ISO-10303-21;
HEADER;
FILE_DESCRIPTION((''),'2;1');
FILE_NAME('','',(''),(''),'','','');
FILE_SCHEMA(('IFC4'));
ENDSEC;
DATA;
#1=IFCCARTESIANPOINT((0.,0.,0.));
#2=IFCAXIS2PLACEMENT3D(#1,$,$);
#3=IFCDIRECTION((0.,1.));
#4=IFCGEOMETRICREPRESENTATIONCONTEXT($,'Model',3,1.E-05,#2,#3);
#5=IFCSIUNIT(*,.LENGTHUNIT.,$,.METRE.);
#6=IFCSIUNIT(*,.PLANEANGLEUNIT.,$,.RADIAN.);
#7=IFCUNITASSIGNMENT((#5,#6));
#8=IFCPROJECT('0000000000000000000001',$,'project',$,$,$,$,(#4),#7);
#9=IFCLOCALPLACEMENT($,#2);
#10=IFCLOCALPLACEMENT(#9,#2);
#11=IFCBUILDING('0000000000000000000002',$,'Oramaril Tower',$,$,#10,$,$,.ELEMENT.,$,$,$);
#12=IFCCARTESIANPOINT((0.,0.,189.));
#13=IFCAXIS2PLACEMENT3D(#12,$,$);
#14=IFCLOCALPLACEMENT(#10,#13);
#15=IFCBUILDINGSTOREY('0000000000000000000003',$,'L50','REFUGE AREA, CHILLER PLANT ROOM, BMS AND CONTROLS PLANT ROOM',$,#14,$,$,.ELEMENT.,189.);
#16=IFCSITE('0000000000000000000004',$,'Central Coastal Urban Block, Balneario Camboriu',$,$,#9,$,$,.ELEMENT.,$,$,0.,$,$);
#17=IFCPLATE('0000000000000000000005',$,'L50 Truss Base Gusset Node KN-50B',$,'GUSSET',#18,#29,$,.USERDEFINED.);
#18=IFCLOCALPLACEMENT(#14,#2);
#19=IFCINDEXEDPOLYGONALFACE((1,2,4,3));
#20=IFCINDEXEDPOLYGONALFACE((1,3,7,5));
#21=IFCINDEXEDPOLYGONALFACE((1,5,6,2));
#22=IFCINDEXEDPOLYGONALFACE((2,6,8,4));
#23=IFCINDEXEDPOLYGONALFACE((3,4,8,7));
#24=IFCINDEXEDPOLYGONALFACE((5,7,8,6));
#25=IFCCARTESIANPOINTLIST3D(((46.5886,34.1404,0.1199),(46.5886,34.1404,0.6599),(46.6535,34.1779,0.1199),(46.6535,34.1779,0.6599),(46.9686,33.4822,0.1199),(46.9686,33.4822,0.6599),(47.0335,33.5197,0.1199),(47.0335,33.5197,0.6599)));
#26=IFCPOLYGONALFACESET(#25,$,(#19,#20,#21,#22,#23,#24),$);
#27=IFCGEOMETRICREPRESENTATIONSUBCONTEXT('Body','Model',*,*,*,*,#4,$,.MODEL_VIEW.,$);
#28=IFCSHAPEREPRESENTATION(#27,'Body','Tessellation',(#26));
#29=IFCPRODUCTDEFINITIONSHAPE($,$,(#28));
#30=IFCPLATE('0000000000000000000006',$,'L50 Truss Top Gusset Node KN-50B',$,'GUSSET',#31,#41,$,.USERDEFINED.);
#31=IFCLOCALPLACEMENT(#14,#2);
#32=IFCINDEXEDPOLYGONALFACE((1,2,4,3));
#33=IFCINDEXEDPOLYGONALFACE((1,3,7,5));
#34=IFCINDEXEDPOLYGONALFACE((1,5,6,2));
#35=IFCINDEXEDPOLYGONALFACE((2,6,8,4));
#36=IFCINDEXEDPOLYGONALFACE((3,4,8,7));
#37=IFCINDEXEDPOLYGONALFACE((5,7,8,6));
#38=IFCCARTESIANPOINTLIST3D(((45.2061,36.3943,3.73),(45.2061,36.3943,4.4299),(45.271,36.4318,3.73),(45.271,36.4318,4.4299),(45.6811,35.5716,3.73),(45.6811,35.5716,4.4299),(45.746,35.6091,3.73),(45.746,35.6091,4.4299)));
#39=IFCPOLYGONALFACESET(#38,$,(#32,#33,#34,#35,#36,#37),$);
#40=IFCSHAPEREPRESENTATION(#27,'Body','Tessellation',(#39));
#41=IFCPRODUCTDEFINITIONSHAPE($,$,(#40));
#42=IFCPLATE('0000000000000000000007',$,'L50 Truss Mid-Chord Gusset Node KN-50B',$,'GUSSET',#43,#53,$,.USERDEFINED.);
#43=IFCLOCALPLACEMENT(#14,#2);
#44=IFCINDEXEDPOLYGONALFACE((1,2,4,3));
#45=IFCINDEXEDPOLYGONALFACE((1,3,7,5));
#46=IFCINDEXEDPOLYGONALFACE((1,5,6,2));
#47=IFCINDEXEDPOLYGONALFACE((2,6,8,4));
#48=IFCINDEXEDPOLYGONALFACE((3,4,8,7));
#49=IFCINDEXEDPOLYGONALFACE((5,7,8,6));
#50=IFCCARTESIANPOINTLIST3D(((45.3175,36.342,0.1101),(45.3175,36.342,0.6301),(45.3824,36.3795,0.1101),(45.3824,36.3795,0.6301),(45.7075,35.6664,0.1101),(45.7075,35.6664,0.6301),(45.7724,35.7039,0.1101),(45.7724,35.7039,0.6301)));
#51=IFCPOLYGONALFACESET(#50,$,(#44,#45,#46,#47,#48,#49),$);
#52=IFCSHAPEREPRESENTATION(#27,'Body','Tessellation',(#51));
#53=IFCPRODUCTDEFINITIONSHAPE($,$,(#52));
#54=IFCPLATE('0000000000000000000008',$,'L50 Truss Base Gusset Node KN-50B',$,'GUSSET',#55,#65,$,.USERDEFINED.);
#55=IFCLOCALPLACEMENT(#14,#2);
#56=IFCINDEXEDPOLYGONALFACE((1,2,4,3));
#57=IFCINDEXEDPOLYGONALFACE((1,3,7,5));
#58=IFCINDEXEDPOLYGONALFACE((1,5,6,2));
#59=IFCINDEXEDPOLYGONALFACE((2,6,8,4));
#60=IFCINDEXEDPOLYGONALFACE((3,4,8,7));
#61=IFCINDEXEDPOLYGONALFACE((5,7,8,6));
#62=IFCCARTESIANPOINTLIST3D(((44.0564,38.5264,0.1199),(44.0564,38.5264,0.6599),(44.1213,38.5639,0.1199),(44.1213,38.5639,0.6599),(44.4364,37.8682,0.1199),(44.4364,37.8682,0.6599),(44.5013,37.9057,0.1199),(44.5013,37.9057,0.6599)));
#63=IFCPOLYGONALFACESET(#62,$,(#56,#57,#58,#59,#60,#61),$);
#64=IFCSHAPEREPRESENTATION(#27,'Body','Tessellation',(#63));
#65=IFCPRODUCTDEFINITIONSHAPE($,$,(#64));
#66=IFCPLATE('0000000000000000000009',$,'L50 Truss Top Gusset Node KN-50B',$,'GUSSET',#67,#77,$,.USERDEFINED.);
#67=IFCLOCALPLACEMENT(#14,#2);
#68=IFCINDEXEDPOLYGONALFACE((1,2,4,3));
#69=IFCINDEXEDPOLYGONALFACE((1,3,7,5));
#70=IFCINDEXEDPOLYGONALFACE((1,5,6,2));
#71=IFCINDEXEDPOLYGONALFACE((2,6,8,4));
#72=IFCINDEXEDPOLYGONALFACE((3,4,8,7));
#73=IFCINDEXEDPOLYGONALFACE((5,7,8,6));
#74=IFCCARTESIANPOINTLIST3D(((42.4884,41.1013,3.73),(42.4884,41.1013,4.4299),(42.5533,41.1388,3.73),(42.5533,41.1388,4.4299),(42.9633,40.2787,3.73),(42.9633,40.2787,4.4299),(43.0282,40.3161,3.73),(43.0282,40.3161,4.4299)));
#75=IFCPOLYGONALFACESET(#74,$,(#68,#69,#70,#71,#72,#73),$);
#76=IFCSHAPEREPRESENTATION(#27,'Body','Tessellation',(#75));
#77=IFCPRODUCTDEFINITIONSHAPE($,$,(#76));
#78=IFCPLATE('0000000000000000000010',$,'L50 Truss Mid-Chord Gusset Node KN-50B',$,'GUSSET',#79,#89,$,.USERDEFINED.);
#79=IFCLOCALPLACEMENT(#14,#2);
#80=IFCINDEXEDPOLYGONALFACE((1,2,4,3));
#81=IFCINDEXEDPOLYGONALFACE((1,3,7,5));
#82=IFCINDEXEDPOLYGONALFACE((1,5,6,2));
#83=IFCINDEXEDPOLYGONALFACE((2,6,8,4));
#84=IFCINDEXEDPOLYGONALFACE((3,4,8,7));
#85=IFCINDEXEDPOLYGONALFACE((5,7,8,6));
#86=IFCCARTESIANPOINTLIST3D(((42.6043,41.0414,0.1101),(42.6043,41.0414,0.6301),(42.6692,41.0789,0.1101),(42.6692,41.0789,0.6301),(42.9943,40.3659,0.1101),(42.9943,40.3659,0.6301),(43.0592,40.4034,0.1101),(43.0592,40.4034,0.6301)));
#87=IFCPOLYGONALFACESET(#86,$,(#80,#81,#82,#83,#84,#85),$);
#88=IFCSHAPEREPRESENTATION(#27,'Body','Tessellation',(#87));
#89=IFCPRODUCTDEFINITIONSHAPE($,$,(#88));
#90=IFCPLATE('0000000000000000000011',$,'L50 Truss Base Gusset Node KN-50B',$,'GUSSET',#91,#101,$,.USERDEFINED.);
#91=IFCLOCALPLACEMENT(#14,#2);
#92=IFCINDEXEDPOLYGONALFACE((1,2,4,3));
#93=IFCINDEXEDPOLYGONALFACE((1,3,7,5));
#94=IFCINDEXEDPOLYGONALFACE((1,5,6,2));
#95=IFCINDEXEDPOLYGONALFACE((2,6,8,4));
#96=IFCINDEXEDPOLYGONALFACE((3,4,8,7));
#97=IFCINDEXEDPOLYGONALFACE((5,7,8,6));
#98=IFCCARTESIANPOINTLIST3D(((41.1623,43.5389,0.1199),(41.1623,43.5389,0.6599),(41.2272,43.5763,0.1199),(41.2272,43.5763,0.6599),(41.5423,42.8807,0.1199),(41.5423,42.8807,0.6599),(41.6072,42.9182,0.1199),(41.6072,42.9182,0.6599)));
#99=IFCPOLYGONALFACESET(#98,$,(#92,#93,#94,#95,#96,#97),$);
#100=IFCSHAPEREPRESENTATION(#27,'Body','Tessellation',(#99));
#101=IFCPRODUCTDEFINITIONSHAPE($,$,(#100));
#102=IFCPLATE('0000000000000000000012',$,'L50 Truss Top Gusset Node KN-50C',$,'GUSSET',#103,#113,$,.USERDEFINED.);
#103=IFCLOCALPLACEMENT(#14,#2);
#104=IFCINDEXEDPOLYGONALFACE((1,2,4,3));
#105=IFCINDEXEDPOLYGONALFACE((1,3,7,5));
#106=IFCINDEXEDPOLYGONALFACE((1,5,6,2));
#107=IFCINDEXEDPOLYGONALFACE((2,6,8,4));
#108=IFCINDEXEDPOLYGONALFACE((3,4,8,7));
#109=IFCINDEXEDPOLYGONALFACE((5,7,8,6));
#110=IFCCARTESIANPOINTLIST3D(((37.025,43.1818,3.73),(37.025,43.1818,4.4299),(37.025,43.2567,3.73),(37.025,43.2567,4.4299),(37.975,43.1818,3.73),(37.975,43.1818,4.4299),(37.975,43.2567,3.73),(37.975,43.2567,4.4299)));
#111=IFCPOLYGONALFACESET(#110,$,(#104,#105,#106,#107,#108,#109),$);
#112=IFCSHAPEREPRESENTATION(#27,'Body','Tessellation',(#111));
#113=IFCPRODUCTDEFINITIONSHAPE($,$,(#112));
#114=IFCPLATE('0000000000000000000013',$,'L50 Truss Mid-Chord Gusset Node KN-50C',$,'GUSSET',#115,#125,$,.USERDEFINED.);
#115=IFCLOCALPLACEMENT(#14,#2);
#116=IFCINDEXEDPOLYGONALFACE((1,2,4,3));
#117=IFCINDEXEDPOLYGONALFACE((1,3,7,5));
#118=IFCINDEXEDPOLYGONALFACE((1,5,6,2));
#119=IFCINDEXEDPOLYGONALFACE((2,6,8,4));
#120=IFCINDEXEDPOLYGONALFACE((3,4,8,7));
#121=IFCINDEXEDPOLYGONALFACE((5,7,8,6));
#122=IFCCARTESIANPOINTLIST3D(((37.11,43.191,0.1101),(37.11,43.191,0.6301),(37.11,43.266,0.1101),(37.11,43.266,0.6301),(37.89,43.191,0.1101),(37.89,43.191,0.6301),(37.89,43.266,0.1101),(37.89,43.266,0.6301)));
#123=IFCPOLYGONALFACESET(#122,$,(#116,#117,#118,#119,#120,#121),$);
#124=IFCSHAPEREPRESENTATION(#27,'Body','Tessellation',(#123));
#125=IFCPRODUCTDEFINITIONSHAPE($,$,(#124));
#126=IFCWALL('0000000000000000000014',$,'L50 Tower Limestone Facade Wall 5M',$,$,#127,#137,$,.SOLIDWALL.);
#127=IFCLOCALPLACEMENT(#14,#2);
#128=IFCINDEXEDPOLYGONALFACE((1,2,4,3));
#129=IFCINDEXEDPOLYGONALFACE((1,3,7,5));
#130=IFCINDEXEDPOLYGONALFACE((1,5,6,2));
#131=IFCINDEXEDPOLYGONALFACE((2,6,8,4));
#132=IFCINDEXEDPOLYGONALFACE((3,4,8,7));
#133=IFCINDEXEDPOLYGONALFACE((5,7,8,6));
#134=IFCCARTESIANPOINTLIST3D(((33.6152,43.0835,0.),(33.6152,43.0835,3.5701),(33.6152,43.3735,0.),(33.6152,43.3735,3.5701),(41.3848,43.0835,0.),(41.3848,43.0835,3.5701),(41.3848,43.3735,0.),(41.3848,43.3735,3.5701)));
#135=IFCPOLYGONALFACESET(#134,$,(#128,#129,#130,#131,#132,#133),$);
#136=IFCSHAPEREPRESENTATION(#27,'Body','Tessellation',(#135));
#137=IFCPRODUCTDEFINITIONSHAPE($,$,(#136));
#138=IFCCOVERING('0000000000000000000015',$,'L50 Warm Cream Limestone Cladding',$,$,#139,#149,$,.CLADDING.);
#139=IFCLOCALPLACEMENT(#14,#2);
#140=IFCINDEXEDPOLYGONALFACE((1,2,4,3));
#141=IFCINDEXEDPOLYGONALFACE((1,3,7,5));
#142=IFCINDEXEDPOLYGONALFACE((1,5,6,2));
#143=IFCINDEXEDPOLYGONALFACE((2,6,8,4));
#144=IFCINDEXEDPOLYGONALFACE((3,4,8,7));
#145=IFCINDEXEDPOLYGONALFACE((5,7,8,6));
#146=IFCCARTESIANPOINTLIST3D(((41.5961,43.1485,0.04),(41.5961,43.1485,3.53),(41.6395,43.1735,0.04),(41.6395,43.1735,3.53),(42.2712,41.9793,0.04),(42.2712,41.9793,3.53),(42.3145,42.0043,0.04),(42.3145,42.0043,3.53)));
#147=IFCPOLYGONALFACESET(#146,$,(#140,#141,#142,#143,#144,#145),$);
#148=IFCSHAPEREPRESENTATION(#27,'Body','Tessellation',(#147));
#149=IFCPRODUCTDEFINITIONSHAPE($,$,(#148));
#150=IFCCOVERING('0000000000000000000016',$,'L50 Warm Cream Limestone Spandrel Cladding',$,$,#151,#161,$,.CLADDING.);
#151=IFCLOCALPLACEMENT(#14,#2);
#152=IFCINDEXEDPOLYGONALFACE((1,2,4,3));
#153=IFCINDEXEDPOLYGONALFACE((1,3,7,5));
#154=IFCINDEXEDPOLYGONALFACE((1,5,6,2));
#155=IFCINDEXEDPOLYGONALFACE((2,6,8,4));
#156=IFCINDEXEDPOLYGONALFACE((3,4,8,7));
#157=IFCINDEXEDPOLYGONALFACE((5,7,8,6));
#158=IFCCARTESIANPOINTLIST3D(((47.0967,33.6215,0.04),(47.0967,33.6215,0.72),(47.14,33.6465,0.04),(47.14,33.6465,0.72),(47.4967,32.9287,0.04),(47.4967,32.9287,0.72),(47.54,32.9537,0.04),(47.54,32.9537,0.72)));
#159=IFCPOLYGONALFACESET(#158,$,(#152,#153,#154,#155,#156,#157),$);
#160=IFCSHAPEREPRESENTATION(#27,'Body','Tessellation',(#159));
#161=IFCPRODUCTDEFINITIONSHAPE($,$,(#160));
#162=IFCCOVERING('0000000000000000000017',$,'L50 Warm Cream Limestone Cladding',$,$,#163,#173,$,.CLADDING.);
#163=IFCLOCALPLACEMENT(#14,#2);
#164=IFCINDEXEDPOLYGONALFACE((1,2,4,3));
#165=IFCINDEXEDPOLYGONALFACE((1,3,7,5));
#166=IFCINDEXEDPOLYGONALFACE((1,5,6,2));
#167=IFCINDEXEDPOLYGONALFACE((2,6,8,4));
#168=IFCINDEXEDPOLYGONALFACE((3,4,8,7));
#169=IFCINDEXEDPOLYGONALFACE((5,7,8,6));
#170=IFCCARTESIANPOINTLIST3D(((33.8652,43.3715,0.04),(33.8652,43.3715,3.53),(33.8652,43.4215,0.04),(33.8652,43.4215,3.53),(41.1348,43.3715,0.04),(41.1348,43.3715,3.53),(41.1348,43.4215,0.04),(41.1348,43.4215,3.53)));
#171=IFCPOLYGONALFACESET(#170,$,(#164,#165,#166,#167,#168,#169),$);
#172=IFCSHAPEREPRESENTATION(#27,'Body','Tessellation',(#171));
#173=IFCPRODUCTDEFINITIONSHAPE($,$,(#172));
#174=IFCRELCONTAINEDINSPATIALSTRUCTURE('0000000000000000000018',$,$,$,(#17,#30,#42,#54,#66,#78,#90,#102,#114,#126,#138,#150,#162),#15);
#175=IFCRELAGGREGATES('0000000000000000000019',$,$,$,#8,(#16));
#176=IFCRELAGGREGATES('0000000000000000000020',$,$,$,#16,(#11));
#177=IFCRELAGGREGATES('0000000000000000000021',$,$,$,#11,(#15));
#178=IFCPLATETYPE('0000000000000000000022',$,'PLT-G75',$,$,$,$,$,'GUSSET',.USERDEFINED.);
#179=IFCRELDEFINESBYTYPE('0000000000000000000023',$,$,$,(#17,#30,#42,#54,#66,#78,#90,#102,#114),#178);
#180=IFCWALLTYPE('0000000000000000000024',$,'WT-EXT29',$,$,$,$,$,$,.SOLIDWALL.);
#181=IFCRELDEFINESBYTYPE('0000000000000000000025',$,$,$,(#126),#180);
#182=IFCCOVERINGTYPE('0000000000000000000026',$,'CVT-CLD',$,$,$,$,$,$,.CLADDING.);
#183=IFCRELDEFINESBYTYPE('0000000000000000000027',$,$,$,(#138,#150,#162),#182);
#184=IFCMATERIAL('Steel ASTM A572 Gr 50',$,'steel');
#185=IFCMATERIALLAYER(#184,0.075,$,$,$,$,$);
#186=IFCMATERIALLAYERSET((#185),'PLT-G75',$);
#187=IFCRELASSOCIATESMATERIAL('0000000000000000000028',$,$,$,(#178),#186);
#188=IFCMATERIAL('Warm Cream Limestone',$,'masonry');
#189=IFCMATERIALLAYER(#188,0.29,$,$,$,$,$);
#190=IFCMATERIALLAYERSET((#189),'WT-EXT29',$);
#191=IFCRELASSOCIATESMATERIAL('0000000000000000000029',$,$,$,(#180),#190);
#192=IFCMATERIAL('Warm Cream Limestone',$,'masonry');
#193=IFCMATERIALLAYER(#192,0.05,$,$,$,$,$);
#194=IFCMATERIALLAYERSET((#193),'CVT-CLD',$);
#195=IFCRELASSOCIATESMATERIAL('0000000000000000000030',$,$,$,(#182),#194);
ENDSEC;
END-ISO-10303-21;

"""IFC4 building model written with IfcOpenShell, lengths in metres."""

from ifc_helpers import new_model, si_unit, direction, frame, frame_2d, origin, origin_2d, place, context, subcontext, project, spatial, rectangle, extrude, material, layer, layer_set, type_object, element, save


model = new_model("IFC4")

# Units and contexts
model_context = context("Model", 3, precision=1e-05, world=origin(), true_north=direction((0.0, 1.0)))
body_context = subcontext(model_context, "Body", "Model", "MODEL_VIEW")
ifc_project = project(units=[si_unit("LENGTHUNIT", "METRE"), si_unit("PLANEANGLEUNIT", "RADIAN")], contexts=[model_context])

# Site, building, storey
site_placement = place(None, origin())
site = spatial("IfcSite", under=ifc_project, at=site_placement, Name="Central Coastal Urban Block, Balneario Camboriu", CompositionType="ELEMENT", RefElevation=0.0)
building_placement = place(site_placement, origin())
building = spatial("IfcBuilding", under=site, at=building_placement, Name="Oramaril Tower", CompositionType="ELEMENT")
storey_placement = place(building_placement, frame((0.0, 0.0, 189.0)))
storey = spatial("IfcBuildingStorey", under=building, at=storey_placement, Name="L50", Description="REFUGE AREA, CHILLER PLANT ROOM, BMS AND CONTROLS PLANT ROOM", CompositionType="ELEMENT", Elevation=189.0)

# Plates
ifc_material_1 = material(Name="Steel ASTM A572 Gr 50", Category="steel")
ifc_layer_1 = layer(ifc_material_1, 0.075)
ifc_layer_set_1 = layer_set([ifc_layer_1], Name="PLT-G75")
plate_type_1 = type_object("IfcPlateType", Name="PLT-G75", ElementType="GUSSET", PredefinedType="USERDEFINED", material=ifc_layer_set_1)
plate_1_placement = place(storey_placement, frame((46.811, 33.8301, 0.1199), z_axis=(0.0, 0.0, 1.0), x_axis=(-0.5, 0.866025, 0.0)))
element("IfcPlate", 1, at=plate_1_placement, inside=storey, type_object=plate_type_1, Name="L50 Truss Base Gusset Node KN-50B", ObjectType="GUSSET", PredefinedType="USERDEFINED", context=body_context, shape_type="SweptSolid", body=[
    extrude(rectangle(XDim=0.76, YDim=0.075, at=origin_2d()), origin(), (0.0, 0.0, 1.0), 0.54),
])
plate_2_placement = place(storey_placement, frame((45.4761, 36.0017, 3.73), z_axis=(0.0, 0.0, 1.0), x_axis=(-0.499991, 0.866031, 0.0)))
element("IfcPlate", 2, at=plate_2_placement, inside=storey, type_object=plate_type_1, Name="L50 Truss Top Gusset Node KN-50B", ObjectType="GUSSET", PredefinedType="USERDEFINED", context=body_context, shape_type="SweptSolid", body=[
    extrude(rectangle(XDim=0.95, YDim=0.075, at=origin_2d()), origin(), (0.0, 0.0, 1.0), 0.7),
])
plate_3_placement = place(storey_placement, frame((45.5449, 36.0229, 0.1101), z_axis=(0.0, 0.0, 1.0), x_axis=(-0.499991, 0.866031, 0.0)))
element("IfcPlate", 3, at=plate_3_placement, inside=storey, type_object=plate_type_1, Name="L50 Truss Mid-Chord Gusset Node KN-50B", ObjectType="GUSSET", PredefinedType="USERDEFINED", context=body_context, shape_type="SweptSolid", body=[
    extrude(rectangle(XDim=0.78, YDim=0.075, at=origin_2d()), origin(), (0.0, 0.0, 1.0), 0.52),
])
plate_4_placement = place(storey_placement, frame((44.2788, 38.2161, 0.1199), z_axis=(0.0, 0.0, 1.0), x_axis=(-0.499991, 0.866031, 0.0)))
element("IfcPlate", 4, at=plate_4_placement, inside=storey, type_object=plate_type_1, Name="L50 Truss Base Gusset Node KN-50B", ObjectType="GUSSET", PredefinedType="USERDEFINED", context=body_context, shape_type="SweptSolid", body=[
    extrude(rectangle(XDim=0.76, YDim=0.075, at=origin_2d()), origin(), (0.0, 0.0, 1.0), 0.54),
])
plate_5_placement = place(storey_placement, frame((42.7583, 40.7087, 3.73), z_axis=(0.0, 0.0, 1.0), x_axis=(-0.499997, 0.866027, 0.0)))
element("IfcPlate", 5, at=plate_5_placement, inside=storey, type_object=plate_type_1, Name="L50 Truss Top Gusset Node KN-50B", ObjectType="GUSSET", PredefinedType="USERDEFINED", context=body_context, shape_type="SweptSolid", body=[
    extrude(rectangle(XDim=0.95, YDim=0.075, at=origin_2d()), origin(), (0.0, 0.0, 1.0), 0.7),
])
plate_6_placement = place(storey_placement, frame((42.8318, 40.7224, 0.1101), z_axis=(0.0, 0.0, 1.0), x_axis=(-0.499997, 0.866027, 0.0)))
element("IfcPlate", 6, at=plate_6_placement, inside=storey, type_object=plate_type_1, Name="L50 Truss Mid-Chord Gusset Node KN-50B", ObjectType="GUSSET", PredefinedType="USERDEFINED", context=body_context, shape_type="SweptSolid", body=[
    extrude(rectangle(XDim=0.78, YDim=0.075, at=origin_2d()), origin(), (0.0, 0.0, 1.0), 0.52),
])
plate_7_placement = place(storey_placement, frame((41.3848, 43.2285, 0.1199), z_axis=(0.0, 0.0, 1.0), x_axis=(-0.499997, 0.866027, 0.0)))
element("IfcPlate", 7, at=plate_7_placement, inside=storey, type_object=plate_type_1, Name="L50 Truss Base Gusset Node KN-50B", ObjectType="GUSSET", PredefinedType="USERDEFINED", context=body_context, shape_type="SweptSolid", body=[
    extrude(rectangle(XDim=0.76, YDim=0.075, at=origin_2d()), origin(), (0.0, 0.0, 1.0), 0.54),
])
plate_8_placement = place(storey_placement, frame((37.5, 43.2192, 3.73), z_axis=(0.0, 0.0, 1.0), x_axis=(-1.0, 0.0, 0.0)))
element("IfcPlate", 8, at=plate_8_placement, inside=storey, type_object=plate_type_1, Name="L50 Truss Top Gusset Node KN-50C", ObjectType="GUSSET", PredefinedType="USERDEFINED", context=body_context, shape_type="SweptSolid", body=[
    extrude(rectangle(XDim=0.95, YDim=0.075, at=origin_2d()), origin(), (0.0, 0.0, 1.0), 0.7),
])
plate_9_placement = place(storey_placement, frame((37.5, 43.2285, 0.1101), z_axis=(0.0, 0.0, 1.0), x_axis=(-1.0, 0.0, 0.0)))
element("IfcPlate", 9, at=plate_9_placement, inside=storey, type_object=plate_type_1, Name="L50 Truss Mid-Chord Gusset Node KN-50C", ObjectType="GUSSET", PredefinedType="USERDEFINED", context=body_context, shape_type="SweptSolid", body=[
    extrude(rectangle(XDim=0.78, YDim=0.075, at=origin_2d()), origin(), (0.0, 0.0, 1.0), 0.52),
])

# Wall
ifc_material_2 = material(Name="Warm Cream Limestone", Category="masonry")
ifc_layer_2 = layer(ifc_material_2, 0.29)
ifc_layer_set_2 = layer_set([ifc_layer_2], Name="WT-EXT29")
wall_type = type_object("IfcWallType", Name="WT-EXT29", PredefinedType="SOLIDWALL", material=ifc_layer_set_2)
wall_placement = place(storey_placement, frame((41.3848, 43.2285, 0.0), z_axis=(0.0, 0.0, 1.0), x_axis=(-1.0, 0.0, 0.0)))
element("IfcWall", 10, at=wall_placement, inside=storey, type_object=wall_type, Name="L50 Tower Limestone Facade Wall 5M", PredefinedType="SOLIDWALL", context=body_context, shape_type="SweptSolid", body=[
    extrude(rectangle(XDim=7.7695, YDim=0.29, at=frame_2d((3.8848, 0.0))), origin(), (0.0, 0.0, 1.0), 3.5701),
])

# Coverings
ifc_material_3 = material(Name="Warm Cream Limestone", Category="masonry")
ifc_layer_3 = layer(ifc_material_3, 0.05)
ifc_layer_set_3 = layer_set([ifc_layer_3], Name="CVT-CLD")
covering_type = type_object("IfcCoveringType", Name="CVT-CLD", PredefinedType="CLADDING", material=ifc_layer_set_3)
covering_1_placement = place(storey_placement, frame((41.9553, 42.5764, 0.04), z_axis=(0.0, 0.0, 1.0), x_axis=(-0.5, 0.866025, 0.0)))
element("IfcCovering", 11, at=covering_1_placement, inside=storey, type_object=covering_type, Name="L50 Warm Cream Limestone Cladding", PredefinedType="CLADDING", context=body_context, shape_type="SweptSolid", body=[
    extrude(rectangle(XDim=1.3501, YDim=0.05, at=origin_2d()), origin(), (0.0, 0.0, 1.0), 3.49),
])
covering_2_placement = place(storey_placement, frame((47.3184, 33.2876, 0.04), z_axis=(0.0, 0.0, 1.0), x_axis=(-0.5, 0.866025, 0.0)))
element("IfcCovering", 12, at=covering_2_placement, inside=storey, type_object=covering_type, Name="L50 Warm Cream Limestone Spandrel Cladding", PredefinedType="CLADDING", context=body_context, shape_type="SweptSolid", body=[
    extrude(rectangle(XDim=0.8, YDim=0.05, at=origin_2d()), origin(), (0.0, 0.0, 1.0), 0.6799),
])
covering_3_placement = place(storey_placement, frame((37.5, 43.3965, 0.04), z_axis=(0.0, 0.0, 1.0), x_axis=(-1.0, 0.0, 0.0)))
element("IfcCovering", 13, at=covering_3_placement, inside=storey, type_object=covering_type, Name="L50 Warm Cream Limestone Cladding", PredefinedType="CLADDING", context=body_context, shape_type="SweptSolid", body=[
    extrude(rectangle(XDim=7.2695, YDim=0.05, at=origin_2d()), origin(), (0.0, 0.0, 1.0), 3.49),
])

save(model, "model.ifc")
